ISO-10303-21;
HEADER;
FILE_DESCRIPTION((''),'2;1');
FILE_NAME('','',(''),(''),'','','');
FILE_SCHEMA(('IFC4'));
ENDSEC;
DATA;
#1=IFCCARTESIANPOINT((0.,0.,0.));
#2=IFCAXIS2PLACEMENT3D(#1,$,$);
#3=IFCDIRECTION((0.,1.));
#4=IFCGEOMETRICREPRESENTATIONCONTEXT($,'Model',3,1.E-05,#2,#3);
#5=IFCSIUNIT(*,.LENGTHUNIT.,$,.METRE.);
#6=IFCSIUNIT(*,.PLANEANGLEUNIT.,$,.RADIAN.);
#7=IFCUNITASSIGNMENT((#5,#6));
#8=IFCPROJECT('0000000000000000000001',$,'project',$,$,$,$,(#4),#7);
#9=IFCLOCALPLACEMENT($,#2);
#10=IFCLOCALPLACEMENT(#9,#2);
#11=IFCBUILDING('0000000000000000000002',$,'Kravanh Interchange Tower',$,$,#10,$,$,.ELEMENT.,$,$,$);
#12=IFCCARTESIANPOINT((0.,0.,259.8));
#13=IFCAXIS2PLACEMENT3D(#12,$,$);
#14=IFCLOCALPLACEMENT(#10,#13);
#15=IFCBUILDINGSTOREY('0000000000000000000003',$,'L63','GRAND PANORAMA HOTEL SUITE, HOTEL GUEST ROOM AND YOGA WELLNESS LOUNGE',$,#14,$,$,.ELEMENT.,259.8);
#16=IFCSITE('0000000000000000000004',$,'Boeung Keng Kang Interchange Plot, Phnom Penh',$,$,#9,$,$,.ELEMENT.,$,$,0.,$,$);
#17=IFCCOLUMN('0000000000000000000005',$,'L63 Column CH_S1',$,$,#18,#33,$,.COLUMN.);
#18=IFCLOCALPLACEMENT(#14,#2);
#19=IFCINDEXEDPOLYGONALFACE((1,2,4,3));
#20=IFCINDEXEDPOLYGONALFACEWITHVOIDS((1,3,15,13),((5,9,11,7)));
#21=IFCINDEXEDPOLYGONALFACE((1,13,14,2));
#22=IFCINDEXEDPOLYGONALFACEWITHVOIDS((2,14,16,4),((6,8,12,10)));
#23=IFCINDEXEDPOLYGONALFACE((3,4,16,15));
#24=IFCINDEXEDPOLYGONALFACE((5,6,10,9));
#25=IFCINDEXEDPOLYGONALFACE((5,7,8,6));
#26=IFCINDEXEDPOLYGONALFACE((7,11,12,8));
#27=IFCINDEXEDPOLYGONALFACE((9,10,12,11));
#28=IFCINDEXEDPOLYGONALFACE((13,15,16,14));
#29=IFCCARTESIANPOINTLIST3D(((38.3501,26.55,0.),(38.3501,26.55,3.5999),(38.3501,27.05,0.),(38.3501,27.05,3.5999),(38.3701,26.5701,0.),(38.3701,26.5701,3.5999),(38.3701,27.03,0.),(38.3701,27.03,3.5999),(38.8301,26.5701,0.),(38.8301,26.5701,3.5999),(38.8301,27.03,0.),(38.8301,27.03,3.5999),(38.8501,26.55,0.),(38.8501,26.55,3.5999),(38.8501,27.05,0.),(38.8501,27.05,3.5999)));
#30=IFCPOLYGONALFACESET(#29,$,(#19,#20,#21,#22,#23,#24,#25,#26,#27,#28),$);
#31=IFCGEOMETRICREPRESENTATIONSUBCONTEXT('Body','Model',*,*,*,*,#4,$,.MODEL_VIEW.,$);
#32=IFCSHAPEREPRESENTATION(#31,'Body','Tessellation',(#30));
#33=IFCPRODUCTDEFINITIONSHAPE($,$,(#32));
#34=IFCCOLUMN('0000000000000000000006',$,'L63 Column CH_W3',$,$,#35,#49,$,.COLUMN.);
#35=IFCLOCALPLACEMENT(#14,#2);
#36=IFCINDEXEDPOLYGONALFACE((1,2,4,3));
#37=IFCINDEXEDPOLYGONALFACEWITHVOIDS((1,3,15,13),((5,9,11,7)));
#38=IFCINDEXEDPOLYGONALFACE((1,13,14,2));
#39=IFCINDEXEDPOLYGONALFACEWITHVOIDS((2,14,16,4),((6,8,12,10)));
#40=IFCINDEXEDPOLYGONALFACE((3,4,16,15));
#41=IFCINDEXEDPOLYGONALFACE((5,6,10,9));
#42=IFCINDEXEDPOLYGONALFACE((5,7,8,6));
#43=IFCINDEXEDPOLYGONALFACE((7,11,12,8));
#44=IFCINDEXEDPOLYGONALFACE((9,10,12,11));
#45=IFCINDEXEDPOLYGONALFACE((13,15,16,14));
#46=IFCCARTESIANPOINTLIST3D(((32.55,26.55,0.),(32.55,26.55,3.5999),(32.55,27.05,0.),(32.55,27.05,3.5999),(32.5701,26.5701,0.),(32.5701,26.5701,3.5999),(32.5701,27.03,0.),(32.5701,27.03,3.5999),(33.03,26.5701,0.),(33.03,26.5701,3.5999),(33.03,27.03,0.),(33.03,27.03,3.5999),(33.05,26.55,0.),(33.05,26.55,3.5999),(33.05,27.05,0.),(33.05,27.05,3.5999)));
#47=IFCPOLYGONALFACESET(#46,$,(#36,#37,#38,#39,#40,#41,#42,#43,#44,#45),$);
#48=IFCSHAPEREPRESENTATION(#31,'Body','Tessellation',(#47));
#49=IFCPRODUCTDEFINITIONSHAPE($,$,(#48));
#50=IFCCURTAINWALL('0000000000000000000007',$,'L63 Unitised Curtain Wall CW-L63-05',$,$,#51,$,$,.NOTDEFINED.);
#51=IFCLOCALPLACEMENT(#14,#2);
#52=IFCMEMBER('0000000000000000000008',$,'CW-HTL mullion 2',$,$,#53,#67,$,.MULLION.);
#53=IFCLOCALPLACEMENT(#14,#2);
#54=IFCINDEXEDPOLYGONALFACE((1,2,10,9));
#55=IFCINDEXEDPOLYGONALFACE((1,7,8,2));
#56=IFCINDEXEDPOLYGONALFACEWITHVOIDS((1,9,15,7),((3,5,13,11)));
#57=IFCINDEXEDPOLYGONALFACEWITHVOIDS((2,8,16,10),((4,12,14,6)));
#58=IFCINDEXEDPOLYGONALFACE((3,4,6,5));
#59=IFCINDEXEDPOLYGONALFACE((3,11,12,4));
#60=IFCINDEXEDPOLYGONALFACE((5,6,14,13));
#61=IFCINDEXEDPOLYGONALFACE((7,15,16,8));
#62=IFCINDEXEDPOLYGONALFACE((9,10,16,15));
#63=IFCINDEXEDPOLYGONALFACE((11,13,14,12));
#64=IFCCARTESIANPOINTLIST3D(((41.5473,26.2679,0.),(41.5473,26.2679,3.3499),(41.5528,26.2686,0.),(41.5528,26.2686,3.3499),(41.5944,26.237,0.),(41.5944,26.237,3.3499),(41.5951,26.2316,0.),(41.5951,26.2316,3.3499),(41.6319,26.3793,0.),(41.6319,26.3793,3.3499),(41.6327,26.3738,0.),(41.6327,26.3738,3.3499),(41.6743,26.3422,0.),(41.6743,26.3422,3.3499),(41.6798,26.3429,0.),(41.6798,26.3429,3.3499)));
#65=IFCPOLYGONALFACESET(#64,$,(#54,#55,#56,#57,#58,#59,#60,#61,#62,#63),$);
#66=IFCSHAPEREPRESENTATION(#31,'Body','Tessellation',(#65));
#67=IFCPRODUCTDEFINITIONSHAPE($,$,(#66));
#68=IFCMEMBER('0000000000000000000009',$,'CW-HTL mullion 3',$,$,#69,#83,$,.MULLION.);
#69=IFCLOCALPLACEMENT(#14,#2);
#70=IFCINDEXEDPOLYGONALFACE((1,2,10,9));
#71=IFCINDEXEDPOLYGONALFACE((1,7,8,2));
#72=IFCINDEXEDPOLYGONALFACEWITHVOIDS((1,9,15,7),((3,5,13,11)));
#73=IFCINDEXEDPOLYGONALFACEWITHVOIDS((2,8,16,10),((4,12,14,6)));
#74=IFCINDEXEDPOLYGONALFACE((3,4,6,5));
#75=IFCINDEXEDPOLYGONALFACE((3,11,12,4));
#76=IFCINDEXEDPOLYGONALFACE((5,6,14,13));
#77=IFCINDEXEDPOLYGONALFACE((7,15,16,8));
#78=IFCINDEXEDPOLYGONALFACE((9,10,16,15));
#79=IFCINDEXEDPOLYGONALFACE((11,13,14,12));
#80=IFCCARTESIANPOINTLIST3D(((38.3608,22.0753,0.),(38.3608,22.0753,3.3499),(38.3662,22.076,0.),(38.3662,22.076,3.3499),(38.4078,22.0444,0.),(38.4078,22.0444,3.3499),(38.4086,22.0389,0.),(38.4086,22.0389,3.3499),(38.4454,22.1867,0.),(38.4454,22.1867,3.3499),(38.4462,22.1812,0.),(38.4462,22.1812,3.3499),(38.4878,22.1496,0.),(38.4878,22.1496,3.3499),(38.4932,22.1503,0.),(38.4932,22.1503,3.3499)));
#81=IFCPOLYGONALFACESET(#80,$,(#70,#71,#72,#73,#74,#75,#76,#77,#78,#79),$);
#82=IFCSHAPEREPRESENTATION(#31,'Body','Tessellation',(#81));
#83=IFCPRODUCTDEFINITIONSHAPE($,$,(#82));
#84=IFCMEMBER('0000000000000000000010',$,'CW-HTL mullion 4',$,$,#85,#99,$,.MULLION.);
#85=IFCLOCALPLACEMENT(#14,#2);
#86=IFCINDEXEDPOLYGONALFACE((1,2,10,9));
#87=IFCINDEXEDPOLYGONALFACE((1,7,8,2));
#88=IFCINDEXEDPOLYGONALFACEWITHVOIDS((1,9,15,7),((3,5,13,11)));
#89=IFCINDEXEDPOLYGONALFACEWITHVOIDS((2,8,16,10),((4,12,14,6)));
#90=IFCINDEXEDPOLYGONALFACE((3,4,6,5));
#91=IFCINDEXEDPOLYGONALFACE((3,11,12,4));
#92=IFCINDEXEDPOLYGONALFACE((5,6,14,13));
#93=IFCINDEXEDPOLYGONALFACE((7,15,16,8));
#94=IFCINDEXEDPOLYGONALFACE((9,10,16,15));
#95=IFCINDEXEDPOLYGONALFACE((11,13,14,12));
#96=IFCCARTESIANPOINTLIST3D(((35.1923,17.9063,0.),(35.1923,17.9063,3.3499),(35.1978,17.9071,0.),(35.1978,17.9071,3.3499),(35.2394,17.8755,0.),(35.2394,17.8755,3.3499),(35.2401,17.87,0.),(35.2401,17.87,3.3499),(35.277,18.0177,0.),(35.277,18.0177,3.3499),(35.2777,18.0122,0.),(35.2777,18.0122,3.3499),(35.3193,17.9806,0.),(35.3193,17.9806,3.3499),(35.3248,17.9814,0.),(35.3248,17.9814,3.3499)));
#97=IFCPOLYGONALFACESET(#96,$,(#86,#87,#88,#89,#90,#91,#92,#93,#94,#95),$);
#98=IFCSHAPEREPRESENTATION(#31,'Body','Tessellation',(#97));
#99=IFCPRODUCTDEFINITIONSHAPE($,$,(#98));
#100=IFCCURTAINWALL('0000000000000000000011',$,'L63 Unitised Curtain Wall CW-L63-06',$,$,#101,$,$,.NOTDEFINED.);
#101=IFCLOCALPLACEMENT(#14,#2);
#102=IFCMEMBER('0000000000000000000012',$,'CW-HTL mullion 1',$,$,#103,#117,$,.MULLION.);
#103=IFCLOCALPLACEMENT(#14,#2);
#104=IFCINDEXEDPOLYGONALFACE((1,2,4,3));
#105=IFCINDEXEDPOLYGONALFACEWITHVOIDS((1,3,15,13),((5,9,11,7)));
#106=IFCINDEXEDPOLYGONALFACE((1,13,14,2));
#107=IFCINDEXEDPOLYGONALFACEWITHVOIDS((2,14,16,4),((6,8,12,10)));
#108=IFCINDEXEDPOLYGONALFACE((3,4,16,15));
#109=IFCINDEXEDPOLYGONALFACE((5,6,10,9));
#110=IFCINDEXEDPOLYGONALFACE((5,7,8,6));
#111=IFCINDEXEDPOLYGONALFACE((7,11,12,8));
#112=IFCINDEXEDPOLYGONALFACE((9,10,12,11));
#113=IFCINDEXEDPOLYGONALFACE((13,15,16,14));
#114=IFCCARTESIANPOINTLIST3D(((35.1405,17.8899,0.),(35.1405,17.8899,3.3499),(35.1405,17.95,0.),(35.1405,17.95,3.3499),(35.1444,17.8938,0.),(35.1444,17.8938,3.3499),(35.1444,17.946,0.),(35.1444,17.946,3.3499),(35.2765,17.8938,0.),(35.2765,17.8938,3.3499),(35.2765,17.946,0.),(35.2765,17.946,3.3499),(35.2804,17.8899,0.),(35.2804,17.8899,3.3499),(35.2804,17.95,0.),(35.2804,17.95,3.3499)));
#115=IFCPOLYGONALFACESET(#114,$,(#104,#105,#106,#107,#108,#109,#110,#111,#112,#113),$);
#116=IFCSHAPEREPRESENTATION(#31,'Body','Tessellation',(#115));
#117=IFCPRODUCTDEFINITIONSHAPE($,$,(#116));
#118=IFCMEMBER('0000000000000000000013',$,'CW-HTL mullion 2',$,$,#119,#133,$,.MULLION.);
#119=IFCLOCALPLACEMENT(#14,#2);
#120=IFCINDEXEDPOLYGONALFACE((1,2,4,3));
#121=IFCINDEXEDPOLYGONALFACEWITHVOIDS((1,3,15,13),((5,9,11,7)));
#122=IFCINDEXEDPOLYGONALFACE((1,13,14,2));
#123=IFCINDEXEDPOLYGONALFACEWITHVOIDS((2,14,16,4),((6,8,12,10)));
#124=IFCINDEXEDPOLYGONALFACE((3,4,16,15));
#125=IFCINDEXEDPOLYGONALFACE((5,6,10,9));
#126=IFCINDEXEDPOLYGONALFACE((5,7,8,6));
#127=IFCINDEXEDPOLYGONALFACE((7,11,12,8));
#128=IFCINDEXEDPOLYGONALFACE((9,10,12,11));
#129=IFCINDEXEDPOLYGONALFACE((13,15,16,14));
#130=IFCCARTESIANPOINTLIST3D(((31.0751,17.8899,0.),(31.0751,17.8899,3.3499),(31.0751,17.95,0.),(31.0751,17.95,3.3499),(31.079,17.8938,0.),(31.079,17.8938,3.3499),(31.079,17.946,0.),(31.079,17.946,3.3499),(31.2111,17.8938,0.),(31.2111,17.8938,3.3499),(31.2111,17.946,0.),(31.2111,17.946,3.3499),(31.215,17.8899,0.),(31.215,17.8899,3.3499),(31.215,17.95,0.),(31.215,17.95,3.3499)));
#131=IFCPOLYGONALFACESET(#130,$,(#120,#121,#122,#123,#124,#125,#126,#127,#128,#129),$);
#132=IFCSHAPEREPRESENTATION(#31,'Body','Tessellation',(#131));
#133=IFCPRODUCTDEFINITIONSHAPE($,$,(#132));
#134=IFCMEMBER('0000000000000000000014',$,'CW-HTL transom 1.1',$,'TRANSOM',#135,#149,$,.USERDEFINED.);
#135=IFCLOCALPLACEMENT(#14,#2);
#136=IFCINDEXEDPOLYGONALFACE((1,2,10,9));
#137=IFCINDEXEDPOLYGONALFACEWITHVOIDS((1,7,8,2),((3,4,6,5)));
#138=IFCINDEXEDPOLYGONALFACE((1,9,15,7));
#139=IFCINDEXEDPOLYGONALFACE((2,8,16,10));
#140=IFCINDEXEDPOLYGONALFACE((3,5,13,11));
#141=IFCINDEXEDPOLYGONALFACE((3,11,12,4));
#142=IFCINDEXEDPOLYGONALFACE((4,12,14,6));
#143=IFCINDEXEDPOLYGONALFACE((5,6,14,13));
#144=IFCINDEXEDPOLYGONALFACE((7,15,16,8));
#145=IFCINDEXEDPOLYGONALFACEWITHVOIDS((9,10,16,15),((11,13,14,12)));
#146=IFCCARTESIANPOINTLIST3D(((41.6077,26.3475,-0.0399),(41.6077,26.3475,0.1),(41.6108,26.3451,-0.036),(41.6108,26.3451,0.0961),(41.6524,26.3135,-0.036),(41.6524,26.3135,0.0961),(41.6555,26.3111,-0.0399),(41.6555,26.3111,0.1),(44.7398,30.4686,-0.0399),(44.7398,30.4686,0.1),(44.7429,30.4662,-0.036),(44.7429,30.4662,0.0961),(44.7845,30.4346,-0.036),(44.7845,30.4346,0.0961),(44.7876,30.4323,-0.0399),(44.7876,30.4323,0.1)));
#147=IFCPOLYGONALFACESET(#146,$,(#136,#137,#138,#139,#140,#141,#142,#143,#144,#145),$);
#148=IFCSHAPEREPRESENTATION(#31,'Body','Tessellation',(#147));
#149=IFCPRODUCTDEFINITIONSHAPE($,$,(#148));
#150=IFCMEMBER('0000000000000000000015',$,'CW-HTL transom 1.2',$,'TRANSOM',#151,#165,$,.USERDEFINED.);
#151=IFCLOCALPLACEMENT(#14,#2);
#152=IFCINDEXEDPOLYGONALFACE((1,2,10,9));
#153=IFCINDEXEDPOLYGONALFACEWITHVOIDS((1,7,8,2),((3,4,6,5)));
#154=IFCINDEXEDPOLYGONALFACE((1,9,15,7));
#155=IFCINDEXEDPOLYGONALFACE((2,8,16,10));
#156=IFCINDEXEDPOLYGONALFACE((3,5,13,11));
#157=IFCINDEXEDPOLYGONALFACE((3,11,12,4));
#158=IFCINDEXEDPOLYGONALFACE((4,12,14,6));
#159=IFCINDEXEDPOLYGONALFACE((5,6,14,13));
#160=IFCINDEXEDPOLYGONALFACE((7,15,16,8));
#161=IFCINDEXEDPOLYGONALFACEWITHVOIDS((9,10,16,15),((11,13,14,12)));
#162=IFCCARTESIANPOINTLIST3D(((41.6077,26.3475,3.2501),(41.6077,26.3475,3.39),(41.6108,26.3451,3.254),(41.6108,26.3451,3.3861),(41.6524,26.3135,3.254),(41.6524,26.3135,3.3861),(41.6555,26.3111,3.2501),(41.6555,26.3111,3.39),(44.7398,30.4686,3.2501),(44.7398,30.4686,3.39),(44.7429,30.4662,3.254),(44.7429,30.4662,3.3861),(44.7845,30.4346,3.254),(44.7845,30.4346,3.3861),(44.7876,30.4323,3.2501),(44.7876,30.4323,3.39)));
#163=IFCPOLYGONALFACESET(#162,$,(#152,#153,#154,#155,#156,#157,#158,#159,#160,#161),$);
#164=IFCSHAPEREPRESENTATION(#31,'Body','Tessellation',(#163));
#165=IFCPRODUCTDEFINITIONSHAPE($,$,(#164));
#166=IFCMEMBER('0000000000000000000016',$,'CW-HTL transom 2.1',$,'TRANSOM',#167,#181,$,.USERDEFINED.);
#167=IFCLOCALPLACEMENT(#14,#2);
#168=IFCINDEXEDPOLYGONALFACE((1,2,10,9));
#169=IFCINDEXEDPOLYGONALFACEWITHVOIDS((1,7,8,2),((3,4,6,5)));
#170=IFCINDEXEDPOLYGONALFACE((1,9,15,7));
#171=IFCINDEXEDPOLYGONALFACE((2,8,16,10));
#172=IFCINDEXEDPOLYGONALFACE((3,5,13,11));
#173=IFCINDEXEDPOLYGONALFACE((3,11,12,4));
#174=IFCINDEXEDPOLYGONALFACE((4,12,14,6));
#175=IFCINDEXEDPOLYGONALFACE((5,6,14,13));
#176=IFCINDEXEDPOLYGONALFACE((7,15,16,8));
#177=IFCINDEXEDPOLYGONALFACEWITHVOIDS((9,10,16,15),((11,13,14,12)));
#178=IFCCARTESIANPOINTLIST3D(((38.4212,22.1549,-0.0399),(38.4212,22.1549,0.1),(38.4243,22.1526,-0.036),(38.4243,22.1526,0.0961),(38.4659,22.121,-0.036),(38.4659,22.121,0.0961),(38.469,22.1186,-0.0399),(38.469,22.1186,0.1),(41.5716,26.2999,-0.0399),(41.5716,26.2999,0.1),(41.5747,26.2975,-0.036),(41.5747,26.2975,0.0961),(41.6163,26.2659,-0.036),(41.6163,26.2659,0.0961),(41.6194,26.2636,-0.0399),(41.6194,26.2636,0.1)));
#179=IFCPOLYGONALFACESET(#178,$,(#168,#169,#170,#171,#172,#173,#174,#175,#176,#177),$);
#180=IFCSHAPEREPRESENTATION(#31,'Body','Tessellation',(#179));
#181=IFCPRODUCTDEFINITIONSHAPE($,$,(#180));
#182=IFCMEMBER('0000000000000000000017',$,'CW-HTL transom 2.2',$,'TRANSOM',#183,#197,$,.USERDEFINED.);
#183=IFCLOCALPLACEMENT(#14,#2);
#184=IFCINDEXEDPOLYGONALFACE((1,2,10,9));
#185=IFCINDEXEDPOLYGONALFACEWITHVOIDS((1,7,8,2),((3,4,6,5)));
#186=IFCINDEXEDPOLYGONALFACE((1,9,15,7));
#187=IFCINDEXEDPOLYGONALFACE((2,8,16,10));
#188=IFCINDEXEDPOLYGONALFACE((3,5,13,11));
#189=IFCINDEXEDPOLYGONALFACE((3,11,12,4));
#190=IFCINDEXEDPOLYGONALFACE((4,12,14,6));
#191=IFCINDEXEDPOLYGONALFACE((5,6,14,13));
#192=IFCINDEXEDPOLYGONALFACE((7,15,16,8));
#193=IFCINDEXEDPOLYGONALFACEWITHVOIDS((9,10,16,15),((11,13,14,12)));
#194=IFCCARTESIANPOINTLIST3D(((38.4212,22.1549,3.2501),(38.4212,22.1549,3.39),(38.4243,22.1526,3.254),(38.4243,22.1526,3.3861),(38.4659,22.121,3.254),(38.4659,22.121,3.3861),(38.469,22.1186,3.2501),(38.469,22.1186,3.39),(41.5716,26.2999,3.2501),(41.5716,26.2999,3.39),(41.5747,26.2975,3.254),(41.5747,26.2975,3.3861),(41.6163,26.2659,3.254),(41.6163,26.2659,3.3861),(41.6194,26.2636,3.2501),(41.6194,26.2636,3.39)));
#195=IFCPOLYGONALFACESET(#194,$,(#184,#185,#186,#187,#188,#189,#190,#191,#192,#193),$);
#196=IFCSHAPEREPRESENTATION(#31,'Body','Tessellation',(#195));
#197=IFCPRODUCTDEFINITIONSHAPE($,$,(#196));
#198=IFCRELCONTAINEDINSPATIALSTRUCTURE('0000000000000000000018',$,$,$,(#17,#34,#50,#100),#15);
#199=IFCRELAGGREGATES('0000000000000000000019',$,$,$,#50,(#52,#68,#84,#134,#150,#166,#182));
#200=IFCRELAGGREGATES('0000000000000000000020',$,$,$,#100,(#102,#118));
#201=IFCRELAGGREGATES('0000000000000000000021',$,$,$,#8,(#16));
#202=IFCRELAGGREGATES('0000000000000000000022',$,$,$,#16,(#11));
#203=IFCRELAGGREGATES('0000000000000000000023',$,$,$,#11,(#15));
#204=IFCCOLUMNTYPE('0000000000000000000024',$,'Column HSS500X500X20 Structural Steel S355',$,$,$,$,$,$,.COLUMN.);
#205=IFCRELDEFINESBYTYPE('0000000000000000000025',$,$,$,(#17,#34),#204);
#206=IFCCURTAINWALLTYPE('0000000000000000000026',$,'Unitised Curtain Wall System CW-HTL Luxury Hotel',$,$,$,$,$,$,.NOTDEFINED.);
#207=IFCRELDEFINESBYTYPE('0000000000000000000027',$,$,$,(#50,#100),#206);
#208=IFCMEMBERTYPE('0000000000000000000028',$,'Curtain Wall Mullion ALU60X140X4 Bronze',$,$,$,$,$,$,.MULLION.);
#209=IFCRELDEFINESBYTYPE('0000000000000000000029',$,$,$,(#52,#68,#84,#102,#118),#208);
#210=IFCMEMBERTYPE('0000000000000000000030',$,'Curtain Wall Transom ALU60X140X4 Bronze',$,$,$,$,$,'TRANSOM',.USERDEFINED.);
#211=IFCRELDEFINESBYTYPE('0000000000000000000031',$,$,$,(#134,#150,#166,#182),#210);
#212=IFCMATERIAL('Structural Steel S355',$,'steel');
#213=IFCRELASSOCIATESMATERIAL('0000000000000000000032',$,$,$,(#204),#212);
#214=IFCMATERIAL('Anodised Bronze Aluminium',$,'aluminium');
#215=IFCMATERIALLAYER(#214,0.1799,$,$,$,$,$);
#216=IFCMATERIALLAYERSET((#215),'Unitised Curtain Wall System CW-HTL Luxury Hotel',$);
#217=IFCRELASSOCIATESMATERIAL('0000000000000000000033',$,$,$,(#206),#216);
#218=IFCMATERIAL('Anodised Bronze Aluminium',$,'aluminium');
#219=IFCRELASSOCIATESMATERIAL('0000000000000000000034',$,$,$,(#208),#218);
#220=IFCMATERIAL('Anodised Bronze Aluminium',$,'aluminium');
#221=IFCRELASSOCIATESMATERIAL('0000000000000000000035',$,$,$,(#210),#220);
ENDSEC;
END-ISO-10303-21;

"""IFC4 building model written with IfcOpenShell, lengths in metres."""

from ifc_helpers import new_model, si_unit, direction, frame, origin, origin_2d, place, context, subcontext, project, spatial, hollow_rectangle, extrude, material, layer, layer_set, material_profile, profile_set, type_object, element, aggregate, save


model = new_model("IFC4")

# Units and contexts
model_context = context("Model", 3, precision=1e-05, world=origin(), true_north=direction((0.0, 1.0)))
body_context = subcontext(model_context, "Body", "Model", "MODEL_VIEW")
ifc_project = project(units=[si_unit("LENGTHUNIT", "METRE"), si_unit("PLANEANGLEUNIT", "RADIAN")], contexts=[model_context])

# Site, building, storey
site_placement = place(None, origin())
site = spatial("IfcSite", under=ifc_project, at=site_placement, Name="Boeung Keng Kang Interchange Plot, Phnom Penh", CompositionType="ELEMENT", RefElevation=0.0)
building_placement = place(site_placement, origin())
building = spatial("IfcBuilding", under=site, at=building_placement, Name="Kravanh Interchange Tower", CompositionType="ELEMENT")
storey_placement = place(building_placement, frame((0.0, 0.0, 259.8)))
storey = spatial("IfcBuildingStorey", under=building, at=storey_placement, Name="L63", Description="GRAND PANORAMA HOTEL SUITE, HOTEL GUEST ROOM AND YOGA WELLNESS LOUNGE", CompositionType="ELEMENT", Elevation=259.8)

# Columns
ifc_material_1 = material(Name="Structural Steel S355", Category="steel")
ifc_material_profile_1 = material_profile(ifc_material_1, hollow_rectangle(XDim=0.5, YDim=0.5, WallThickness=0.02, at=origin_2d()), Name="HSS500X500X20")
ifc_profile_set_1 = profile_set([ifc_material_profile_1], Name="Structural Steel S355")
column_type = type_object("IfcColumnType", Name="Column HSS500X500X20 Structural Steel S355", PredefinedType="COLUMN", material=ifc_profile_set_1)
for number, where, z_axis, x_axis, name in (
    (1, (38.6001, 26.8, 0.0), (0.0, 0.0, 1.0), (1.0, 0.0, 0.0), "L63 Column CH_S1"),
    (2, (32.8, 26.8, 0.0), (0.0, 0.0, 1.0), (1.0, 0.0, 0.0), "L63 Column CH_W3"),
):
    element("IfcColumn", number, at=place(storey_placement, frame(where, z_axis=z_axis, x_axis=x_axis)), inside=storey, type_object=column_type, Name=name, PredefinedType="COLUMN", context=body_context, shape_type="SweptSolid", body=[
        extrude(hollow_rectangle(XDim=0.5, YDim=0.5, WallThickness=0.02, at=origin_2d()), origin(), (0.0, 0.0, 1.0), 3.5999),
    ])

# Curtain walls, members
ifc_material_2 = material(Name="Anodised Bronze Aluminium", Category="aluminium")
ifc_layer_1 = layer(ifc_material_2, 0.1799)
ifc_layer_set_1 = layer_set([ifc_layer_1], Name="Unitised Curtain Wall System CW-HTL Luxury Hotel")
curtain_wall_type = type_object("IfcCurtainWallType", Name="Unitised Curtain Wall System CW-HTL Luxury Hotel", PredefinedType="NOTDEFINED", material=ifc_layer_set_1)
curtain_wall_1_placement = place(storey_placement, origin())
curtain_wall_1 = element("IfcCurtainWall", 3, at=curtain_wall_1_placement, inside=storey, type_object=curtain_wall_type, Name="L63 Unitised Curtain Wall CW-L63-05", PredefinedType="NOTDEFINED")
ifc_material_3 = material(Name="Anodised Bronze Aluminium", Category="aluminium")
ifc_material_profile_2 = material_profile(ifc_material_3, hollow_rectangle(XDim=0.0601, YDim=0.1399, WallThickness=0.0039, at=origin_2d()), Name="ALU60X140X4")
ifc_profile_set_2 = profile_set([ifc_material_profile_2], Name="Anodised Bronze Aluminium")
member_type_1 = type_object("IfcMemberType", Name="Curtain Wall Mullion ALU60X140X4 Bronze", PredefinedType="MULLION", material=ifc_profile_set_2)
member_1_placement = place(storey_placement, frame((41.6135, 26.3054, 0.0), z_axis=(0.0, 0.0, 1.0), x_axis=(0.796162, -0.605083, 0.0)))
member_1 = element("IfcMember", 4, at=member_1_placement, type_object=member_type_1, Name="CW-HTL mullion 2", PredefinedType="MULLION", context=body_context, shape_type="SweptSolid", body=[
    extrude(hollow_rectangle(XDim=0.0601, YDim=0.1399, WallThickness=0.0039, at=origin_2d()), origin(), (0.0, 0.0, 1.0), 3.3499),
])
member_2_placement = place(storey_placement, frame((38.427, 22.1128, 0.0), z_axis=(0.0, 0.0, 1.0), x_axis=(0.796162, -0.605083, 0.0)))
member_2 = element("IfcMember", 5, at=member_2_placement, type_object=member_type_1, Name="CW-HTL mullion 3", PredefinedType="MULLION", context=body_context, shape_type="SweptSolid", body=[
    extrude(hollow_rectangle(XDim=0.0601, YDim=0.1399, WallThickness=0.0039, at=origin_2d()), origin(), (0.0, 0.0, 1.0), 3.3499),
])
member_3_placement = place(storey_placement, frame((35.2585, 17.9438, 0.0), z_axis=(0.0, 0.0, 1.0), x_axis=(0.796162, -0.605083, 0.0)))
member_3 = element("IfcMember", 6, at=member_3_placement, type_object=member_type_1, Name="CW-HTL mullion 4", PredefinedType="MULLION", context=body_context, shape_type="SweptSolid", body=[
    extrude(hollow_rectangle(XDim=0.0601, YDim=0.1399, WallThickness=0.0039, at=origin_2d()), origin(), (0.0, 0.0, 1.0), 3.3499),
])
curtain_wall_2_placement = place(storey_placement, origin())
curtain_wall_2 = element("IfcCurtainWall", 7, at=curtain_wall_2_placement, inside=storey, type_object=curtain_wall_type, Name="L63 Unitised Curtain Wall CW-L63-06", PredefinedType="NOTDEFINED")
member_4_placement = place(storey_placement, frame((35.2104, 17.9199, 0.0), z_axis=(0.0, 0.0, 1.0), x_axis=(0.0, -1.0, 0.0)))
member_4 = element("IfcMember", 8, at=member_4_placement, type_object=member_type_1, Name="CW-HTL mullion 1", PredefinedType="MULLION", context=body_context, shape_type="SweptSolid", body=[
    extrude(hollow_rectangle(XDim=0.0601, YDim=0.1399, WallThickness=0.0039, at=origin_2d()), origin(), (0.0, 0.0, 1.0), 3.3499),
])
member_5_placement = place(storey_placement, frame((31.145, 17.9199, 0.0), z_axis=(0.0, 0.0, 1.0), x_axis=(0.0, -1.0, 0.0)))
member_5 = element("IfcMember", 9, at=member_5_placement, type_object=member_type_1, Name="CW-HTL mullion 2", PredefinedType="MULLION", context=body_context, shape_type="SweptSolid", body=[
    extrude(hollow_rectangle(XDim=0.0601, YDim=0.1399, WallThickness=0.0039, at=origin_2d()), origin(), (0.0, 0.0, 1.0), 3.3499),
])

# Members
ifc_material_4 = material(Name="Anodised Bronze Aluminium", Category="aluminium")
ifc_material_profile_3 = material_profile(ifc_material_4, hollow_rectangle(XDim=0.0601, YDim=0.1399, WallThickness=0.0039, at=origin_2d()), Name="ALU60X140X4")
ifc_profile_set_3 = profile_set([ifc_material_profile_3], Name="Anodised Bronze Aluminium")
member_type_2 = type_object("IfcMemberType", Name="Curtain Wall Transom ALU60X140X4 Bronze", ElementType="TRANSOM", PredefinedType="USERDEFINED", material=ifc_profile_set_3)
member_6_placement = place(storey_placement, frame((44.7637, 30.4504, 0.03), z_axis=(-0.605089, -0.796158, 0.0), x_axis=(0.796158, -0.605089, 0.0)))
member_6 = element("IfcMember", 10, at=member_6_placement, type_object=member_type_2, Name="CW-HTL transom 1.1", ObjectType="TRANSOM", PredefinedType="USERDEFINED", context=body_context, shape_type="SweptSolid", body=[
    extrude(hollow_rectangle(XDim=0.0601, YDim=0.1399, WallThickness=0.0039, at=origin_2d()), origin(), (0.0, 0.0, 1.0), 5.1763),
])
member_7_placement = place(storey_placement, frame((44.7637, 30.4504, 3.3201), z_axis=(-0.605089, -0.796158, 0.0), x_axis=(0.796158, -0.605089, 0.0)))
member_7 = element("IfcMember", 11, at=member_7_placement, type_object=member_type_2, Name="CW-HTL transom 1.2", ObjectType="TRANSOM", PredefinedType="USERDEFINED", context=body_context, shape_type="SweptSolid", body=[
    extrude(hollow_rectangle(XDim=0.0601, YDim=0.1399, WallThickness=0.0039, at=origin_2d()), origin(), (0.0, 0.0, 1.0), 5.1763),
])
member_8_placement = place(storey_placement, frame((41.5955, 26.2817, 0.03), z_axis=(-0.605105, -0.796146, 0.0), x_axis=(0.796146, -0.605105, 0.0)))
member_8 = element("IfcMember", 12, at=member_8_placement, type_object=member_type_2, Name="CW-HTL transom 2.1", ObjectType="TRANSOM", PredefinedType="USERDEFINED", context=body_context, shape_type="SweptSolid", body=[
    extrude(hollow_rectangle(XDim=0.0601, YDim=0.1399, WallThickness=0.0039, at=origin_2d()), origin(), (0.0, 0.0, 1.0), 5.2063),
])
member_9_placement = place(storey_placement, frame((41.5955, 26.2817, 3.3201), z_axis=(-0.605105, -0.796146, 0.0), x_axis=(0.796146, -0.605105, 0.0)))
member_9 = element("IfcMember", 13, at=member_9_placement, type_object=member_type_2, Name="CW-HTL transom 2.2", ObjectType="TRANSOM", PredefinedType="USERDEFINED", context=body_context, shape_type="SweptSolid", body=[
    extrude(hollow_rectangle(XDim=0.0601, YDim=0.1399, WallThickness=0.0039, at=origin_2d()), origin(), (0.0, 0.0, 1.0), 5.2063),
])

aggregate(curtain_wall_1, [member_1, member_2, member_3, member_6, member_7, member_8, member_9])
aggregate(curtain_wall_2, [member_4, member_5])

save(model, "model.ifc")
